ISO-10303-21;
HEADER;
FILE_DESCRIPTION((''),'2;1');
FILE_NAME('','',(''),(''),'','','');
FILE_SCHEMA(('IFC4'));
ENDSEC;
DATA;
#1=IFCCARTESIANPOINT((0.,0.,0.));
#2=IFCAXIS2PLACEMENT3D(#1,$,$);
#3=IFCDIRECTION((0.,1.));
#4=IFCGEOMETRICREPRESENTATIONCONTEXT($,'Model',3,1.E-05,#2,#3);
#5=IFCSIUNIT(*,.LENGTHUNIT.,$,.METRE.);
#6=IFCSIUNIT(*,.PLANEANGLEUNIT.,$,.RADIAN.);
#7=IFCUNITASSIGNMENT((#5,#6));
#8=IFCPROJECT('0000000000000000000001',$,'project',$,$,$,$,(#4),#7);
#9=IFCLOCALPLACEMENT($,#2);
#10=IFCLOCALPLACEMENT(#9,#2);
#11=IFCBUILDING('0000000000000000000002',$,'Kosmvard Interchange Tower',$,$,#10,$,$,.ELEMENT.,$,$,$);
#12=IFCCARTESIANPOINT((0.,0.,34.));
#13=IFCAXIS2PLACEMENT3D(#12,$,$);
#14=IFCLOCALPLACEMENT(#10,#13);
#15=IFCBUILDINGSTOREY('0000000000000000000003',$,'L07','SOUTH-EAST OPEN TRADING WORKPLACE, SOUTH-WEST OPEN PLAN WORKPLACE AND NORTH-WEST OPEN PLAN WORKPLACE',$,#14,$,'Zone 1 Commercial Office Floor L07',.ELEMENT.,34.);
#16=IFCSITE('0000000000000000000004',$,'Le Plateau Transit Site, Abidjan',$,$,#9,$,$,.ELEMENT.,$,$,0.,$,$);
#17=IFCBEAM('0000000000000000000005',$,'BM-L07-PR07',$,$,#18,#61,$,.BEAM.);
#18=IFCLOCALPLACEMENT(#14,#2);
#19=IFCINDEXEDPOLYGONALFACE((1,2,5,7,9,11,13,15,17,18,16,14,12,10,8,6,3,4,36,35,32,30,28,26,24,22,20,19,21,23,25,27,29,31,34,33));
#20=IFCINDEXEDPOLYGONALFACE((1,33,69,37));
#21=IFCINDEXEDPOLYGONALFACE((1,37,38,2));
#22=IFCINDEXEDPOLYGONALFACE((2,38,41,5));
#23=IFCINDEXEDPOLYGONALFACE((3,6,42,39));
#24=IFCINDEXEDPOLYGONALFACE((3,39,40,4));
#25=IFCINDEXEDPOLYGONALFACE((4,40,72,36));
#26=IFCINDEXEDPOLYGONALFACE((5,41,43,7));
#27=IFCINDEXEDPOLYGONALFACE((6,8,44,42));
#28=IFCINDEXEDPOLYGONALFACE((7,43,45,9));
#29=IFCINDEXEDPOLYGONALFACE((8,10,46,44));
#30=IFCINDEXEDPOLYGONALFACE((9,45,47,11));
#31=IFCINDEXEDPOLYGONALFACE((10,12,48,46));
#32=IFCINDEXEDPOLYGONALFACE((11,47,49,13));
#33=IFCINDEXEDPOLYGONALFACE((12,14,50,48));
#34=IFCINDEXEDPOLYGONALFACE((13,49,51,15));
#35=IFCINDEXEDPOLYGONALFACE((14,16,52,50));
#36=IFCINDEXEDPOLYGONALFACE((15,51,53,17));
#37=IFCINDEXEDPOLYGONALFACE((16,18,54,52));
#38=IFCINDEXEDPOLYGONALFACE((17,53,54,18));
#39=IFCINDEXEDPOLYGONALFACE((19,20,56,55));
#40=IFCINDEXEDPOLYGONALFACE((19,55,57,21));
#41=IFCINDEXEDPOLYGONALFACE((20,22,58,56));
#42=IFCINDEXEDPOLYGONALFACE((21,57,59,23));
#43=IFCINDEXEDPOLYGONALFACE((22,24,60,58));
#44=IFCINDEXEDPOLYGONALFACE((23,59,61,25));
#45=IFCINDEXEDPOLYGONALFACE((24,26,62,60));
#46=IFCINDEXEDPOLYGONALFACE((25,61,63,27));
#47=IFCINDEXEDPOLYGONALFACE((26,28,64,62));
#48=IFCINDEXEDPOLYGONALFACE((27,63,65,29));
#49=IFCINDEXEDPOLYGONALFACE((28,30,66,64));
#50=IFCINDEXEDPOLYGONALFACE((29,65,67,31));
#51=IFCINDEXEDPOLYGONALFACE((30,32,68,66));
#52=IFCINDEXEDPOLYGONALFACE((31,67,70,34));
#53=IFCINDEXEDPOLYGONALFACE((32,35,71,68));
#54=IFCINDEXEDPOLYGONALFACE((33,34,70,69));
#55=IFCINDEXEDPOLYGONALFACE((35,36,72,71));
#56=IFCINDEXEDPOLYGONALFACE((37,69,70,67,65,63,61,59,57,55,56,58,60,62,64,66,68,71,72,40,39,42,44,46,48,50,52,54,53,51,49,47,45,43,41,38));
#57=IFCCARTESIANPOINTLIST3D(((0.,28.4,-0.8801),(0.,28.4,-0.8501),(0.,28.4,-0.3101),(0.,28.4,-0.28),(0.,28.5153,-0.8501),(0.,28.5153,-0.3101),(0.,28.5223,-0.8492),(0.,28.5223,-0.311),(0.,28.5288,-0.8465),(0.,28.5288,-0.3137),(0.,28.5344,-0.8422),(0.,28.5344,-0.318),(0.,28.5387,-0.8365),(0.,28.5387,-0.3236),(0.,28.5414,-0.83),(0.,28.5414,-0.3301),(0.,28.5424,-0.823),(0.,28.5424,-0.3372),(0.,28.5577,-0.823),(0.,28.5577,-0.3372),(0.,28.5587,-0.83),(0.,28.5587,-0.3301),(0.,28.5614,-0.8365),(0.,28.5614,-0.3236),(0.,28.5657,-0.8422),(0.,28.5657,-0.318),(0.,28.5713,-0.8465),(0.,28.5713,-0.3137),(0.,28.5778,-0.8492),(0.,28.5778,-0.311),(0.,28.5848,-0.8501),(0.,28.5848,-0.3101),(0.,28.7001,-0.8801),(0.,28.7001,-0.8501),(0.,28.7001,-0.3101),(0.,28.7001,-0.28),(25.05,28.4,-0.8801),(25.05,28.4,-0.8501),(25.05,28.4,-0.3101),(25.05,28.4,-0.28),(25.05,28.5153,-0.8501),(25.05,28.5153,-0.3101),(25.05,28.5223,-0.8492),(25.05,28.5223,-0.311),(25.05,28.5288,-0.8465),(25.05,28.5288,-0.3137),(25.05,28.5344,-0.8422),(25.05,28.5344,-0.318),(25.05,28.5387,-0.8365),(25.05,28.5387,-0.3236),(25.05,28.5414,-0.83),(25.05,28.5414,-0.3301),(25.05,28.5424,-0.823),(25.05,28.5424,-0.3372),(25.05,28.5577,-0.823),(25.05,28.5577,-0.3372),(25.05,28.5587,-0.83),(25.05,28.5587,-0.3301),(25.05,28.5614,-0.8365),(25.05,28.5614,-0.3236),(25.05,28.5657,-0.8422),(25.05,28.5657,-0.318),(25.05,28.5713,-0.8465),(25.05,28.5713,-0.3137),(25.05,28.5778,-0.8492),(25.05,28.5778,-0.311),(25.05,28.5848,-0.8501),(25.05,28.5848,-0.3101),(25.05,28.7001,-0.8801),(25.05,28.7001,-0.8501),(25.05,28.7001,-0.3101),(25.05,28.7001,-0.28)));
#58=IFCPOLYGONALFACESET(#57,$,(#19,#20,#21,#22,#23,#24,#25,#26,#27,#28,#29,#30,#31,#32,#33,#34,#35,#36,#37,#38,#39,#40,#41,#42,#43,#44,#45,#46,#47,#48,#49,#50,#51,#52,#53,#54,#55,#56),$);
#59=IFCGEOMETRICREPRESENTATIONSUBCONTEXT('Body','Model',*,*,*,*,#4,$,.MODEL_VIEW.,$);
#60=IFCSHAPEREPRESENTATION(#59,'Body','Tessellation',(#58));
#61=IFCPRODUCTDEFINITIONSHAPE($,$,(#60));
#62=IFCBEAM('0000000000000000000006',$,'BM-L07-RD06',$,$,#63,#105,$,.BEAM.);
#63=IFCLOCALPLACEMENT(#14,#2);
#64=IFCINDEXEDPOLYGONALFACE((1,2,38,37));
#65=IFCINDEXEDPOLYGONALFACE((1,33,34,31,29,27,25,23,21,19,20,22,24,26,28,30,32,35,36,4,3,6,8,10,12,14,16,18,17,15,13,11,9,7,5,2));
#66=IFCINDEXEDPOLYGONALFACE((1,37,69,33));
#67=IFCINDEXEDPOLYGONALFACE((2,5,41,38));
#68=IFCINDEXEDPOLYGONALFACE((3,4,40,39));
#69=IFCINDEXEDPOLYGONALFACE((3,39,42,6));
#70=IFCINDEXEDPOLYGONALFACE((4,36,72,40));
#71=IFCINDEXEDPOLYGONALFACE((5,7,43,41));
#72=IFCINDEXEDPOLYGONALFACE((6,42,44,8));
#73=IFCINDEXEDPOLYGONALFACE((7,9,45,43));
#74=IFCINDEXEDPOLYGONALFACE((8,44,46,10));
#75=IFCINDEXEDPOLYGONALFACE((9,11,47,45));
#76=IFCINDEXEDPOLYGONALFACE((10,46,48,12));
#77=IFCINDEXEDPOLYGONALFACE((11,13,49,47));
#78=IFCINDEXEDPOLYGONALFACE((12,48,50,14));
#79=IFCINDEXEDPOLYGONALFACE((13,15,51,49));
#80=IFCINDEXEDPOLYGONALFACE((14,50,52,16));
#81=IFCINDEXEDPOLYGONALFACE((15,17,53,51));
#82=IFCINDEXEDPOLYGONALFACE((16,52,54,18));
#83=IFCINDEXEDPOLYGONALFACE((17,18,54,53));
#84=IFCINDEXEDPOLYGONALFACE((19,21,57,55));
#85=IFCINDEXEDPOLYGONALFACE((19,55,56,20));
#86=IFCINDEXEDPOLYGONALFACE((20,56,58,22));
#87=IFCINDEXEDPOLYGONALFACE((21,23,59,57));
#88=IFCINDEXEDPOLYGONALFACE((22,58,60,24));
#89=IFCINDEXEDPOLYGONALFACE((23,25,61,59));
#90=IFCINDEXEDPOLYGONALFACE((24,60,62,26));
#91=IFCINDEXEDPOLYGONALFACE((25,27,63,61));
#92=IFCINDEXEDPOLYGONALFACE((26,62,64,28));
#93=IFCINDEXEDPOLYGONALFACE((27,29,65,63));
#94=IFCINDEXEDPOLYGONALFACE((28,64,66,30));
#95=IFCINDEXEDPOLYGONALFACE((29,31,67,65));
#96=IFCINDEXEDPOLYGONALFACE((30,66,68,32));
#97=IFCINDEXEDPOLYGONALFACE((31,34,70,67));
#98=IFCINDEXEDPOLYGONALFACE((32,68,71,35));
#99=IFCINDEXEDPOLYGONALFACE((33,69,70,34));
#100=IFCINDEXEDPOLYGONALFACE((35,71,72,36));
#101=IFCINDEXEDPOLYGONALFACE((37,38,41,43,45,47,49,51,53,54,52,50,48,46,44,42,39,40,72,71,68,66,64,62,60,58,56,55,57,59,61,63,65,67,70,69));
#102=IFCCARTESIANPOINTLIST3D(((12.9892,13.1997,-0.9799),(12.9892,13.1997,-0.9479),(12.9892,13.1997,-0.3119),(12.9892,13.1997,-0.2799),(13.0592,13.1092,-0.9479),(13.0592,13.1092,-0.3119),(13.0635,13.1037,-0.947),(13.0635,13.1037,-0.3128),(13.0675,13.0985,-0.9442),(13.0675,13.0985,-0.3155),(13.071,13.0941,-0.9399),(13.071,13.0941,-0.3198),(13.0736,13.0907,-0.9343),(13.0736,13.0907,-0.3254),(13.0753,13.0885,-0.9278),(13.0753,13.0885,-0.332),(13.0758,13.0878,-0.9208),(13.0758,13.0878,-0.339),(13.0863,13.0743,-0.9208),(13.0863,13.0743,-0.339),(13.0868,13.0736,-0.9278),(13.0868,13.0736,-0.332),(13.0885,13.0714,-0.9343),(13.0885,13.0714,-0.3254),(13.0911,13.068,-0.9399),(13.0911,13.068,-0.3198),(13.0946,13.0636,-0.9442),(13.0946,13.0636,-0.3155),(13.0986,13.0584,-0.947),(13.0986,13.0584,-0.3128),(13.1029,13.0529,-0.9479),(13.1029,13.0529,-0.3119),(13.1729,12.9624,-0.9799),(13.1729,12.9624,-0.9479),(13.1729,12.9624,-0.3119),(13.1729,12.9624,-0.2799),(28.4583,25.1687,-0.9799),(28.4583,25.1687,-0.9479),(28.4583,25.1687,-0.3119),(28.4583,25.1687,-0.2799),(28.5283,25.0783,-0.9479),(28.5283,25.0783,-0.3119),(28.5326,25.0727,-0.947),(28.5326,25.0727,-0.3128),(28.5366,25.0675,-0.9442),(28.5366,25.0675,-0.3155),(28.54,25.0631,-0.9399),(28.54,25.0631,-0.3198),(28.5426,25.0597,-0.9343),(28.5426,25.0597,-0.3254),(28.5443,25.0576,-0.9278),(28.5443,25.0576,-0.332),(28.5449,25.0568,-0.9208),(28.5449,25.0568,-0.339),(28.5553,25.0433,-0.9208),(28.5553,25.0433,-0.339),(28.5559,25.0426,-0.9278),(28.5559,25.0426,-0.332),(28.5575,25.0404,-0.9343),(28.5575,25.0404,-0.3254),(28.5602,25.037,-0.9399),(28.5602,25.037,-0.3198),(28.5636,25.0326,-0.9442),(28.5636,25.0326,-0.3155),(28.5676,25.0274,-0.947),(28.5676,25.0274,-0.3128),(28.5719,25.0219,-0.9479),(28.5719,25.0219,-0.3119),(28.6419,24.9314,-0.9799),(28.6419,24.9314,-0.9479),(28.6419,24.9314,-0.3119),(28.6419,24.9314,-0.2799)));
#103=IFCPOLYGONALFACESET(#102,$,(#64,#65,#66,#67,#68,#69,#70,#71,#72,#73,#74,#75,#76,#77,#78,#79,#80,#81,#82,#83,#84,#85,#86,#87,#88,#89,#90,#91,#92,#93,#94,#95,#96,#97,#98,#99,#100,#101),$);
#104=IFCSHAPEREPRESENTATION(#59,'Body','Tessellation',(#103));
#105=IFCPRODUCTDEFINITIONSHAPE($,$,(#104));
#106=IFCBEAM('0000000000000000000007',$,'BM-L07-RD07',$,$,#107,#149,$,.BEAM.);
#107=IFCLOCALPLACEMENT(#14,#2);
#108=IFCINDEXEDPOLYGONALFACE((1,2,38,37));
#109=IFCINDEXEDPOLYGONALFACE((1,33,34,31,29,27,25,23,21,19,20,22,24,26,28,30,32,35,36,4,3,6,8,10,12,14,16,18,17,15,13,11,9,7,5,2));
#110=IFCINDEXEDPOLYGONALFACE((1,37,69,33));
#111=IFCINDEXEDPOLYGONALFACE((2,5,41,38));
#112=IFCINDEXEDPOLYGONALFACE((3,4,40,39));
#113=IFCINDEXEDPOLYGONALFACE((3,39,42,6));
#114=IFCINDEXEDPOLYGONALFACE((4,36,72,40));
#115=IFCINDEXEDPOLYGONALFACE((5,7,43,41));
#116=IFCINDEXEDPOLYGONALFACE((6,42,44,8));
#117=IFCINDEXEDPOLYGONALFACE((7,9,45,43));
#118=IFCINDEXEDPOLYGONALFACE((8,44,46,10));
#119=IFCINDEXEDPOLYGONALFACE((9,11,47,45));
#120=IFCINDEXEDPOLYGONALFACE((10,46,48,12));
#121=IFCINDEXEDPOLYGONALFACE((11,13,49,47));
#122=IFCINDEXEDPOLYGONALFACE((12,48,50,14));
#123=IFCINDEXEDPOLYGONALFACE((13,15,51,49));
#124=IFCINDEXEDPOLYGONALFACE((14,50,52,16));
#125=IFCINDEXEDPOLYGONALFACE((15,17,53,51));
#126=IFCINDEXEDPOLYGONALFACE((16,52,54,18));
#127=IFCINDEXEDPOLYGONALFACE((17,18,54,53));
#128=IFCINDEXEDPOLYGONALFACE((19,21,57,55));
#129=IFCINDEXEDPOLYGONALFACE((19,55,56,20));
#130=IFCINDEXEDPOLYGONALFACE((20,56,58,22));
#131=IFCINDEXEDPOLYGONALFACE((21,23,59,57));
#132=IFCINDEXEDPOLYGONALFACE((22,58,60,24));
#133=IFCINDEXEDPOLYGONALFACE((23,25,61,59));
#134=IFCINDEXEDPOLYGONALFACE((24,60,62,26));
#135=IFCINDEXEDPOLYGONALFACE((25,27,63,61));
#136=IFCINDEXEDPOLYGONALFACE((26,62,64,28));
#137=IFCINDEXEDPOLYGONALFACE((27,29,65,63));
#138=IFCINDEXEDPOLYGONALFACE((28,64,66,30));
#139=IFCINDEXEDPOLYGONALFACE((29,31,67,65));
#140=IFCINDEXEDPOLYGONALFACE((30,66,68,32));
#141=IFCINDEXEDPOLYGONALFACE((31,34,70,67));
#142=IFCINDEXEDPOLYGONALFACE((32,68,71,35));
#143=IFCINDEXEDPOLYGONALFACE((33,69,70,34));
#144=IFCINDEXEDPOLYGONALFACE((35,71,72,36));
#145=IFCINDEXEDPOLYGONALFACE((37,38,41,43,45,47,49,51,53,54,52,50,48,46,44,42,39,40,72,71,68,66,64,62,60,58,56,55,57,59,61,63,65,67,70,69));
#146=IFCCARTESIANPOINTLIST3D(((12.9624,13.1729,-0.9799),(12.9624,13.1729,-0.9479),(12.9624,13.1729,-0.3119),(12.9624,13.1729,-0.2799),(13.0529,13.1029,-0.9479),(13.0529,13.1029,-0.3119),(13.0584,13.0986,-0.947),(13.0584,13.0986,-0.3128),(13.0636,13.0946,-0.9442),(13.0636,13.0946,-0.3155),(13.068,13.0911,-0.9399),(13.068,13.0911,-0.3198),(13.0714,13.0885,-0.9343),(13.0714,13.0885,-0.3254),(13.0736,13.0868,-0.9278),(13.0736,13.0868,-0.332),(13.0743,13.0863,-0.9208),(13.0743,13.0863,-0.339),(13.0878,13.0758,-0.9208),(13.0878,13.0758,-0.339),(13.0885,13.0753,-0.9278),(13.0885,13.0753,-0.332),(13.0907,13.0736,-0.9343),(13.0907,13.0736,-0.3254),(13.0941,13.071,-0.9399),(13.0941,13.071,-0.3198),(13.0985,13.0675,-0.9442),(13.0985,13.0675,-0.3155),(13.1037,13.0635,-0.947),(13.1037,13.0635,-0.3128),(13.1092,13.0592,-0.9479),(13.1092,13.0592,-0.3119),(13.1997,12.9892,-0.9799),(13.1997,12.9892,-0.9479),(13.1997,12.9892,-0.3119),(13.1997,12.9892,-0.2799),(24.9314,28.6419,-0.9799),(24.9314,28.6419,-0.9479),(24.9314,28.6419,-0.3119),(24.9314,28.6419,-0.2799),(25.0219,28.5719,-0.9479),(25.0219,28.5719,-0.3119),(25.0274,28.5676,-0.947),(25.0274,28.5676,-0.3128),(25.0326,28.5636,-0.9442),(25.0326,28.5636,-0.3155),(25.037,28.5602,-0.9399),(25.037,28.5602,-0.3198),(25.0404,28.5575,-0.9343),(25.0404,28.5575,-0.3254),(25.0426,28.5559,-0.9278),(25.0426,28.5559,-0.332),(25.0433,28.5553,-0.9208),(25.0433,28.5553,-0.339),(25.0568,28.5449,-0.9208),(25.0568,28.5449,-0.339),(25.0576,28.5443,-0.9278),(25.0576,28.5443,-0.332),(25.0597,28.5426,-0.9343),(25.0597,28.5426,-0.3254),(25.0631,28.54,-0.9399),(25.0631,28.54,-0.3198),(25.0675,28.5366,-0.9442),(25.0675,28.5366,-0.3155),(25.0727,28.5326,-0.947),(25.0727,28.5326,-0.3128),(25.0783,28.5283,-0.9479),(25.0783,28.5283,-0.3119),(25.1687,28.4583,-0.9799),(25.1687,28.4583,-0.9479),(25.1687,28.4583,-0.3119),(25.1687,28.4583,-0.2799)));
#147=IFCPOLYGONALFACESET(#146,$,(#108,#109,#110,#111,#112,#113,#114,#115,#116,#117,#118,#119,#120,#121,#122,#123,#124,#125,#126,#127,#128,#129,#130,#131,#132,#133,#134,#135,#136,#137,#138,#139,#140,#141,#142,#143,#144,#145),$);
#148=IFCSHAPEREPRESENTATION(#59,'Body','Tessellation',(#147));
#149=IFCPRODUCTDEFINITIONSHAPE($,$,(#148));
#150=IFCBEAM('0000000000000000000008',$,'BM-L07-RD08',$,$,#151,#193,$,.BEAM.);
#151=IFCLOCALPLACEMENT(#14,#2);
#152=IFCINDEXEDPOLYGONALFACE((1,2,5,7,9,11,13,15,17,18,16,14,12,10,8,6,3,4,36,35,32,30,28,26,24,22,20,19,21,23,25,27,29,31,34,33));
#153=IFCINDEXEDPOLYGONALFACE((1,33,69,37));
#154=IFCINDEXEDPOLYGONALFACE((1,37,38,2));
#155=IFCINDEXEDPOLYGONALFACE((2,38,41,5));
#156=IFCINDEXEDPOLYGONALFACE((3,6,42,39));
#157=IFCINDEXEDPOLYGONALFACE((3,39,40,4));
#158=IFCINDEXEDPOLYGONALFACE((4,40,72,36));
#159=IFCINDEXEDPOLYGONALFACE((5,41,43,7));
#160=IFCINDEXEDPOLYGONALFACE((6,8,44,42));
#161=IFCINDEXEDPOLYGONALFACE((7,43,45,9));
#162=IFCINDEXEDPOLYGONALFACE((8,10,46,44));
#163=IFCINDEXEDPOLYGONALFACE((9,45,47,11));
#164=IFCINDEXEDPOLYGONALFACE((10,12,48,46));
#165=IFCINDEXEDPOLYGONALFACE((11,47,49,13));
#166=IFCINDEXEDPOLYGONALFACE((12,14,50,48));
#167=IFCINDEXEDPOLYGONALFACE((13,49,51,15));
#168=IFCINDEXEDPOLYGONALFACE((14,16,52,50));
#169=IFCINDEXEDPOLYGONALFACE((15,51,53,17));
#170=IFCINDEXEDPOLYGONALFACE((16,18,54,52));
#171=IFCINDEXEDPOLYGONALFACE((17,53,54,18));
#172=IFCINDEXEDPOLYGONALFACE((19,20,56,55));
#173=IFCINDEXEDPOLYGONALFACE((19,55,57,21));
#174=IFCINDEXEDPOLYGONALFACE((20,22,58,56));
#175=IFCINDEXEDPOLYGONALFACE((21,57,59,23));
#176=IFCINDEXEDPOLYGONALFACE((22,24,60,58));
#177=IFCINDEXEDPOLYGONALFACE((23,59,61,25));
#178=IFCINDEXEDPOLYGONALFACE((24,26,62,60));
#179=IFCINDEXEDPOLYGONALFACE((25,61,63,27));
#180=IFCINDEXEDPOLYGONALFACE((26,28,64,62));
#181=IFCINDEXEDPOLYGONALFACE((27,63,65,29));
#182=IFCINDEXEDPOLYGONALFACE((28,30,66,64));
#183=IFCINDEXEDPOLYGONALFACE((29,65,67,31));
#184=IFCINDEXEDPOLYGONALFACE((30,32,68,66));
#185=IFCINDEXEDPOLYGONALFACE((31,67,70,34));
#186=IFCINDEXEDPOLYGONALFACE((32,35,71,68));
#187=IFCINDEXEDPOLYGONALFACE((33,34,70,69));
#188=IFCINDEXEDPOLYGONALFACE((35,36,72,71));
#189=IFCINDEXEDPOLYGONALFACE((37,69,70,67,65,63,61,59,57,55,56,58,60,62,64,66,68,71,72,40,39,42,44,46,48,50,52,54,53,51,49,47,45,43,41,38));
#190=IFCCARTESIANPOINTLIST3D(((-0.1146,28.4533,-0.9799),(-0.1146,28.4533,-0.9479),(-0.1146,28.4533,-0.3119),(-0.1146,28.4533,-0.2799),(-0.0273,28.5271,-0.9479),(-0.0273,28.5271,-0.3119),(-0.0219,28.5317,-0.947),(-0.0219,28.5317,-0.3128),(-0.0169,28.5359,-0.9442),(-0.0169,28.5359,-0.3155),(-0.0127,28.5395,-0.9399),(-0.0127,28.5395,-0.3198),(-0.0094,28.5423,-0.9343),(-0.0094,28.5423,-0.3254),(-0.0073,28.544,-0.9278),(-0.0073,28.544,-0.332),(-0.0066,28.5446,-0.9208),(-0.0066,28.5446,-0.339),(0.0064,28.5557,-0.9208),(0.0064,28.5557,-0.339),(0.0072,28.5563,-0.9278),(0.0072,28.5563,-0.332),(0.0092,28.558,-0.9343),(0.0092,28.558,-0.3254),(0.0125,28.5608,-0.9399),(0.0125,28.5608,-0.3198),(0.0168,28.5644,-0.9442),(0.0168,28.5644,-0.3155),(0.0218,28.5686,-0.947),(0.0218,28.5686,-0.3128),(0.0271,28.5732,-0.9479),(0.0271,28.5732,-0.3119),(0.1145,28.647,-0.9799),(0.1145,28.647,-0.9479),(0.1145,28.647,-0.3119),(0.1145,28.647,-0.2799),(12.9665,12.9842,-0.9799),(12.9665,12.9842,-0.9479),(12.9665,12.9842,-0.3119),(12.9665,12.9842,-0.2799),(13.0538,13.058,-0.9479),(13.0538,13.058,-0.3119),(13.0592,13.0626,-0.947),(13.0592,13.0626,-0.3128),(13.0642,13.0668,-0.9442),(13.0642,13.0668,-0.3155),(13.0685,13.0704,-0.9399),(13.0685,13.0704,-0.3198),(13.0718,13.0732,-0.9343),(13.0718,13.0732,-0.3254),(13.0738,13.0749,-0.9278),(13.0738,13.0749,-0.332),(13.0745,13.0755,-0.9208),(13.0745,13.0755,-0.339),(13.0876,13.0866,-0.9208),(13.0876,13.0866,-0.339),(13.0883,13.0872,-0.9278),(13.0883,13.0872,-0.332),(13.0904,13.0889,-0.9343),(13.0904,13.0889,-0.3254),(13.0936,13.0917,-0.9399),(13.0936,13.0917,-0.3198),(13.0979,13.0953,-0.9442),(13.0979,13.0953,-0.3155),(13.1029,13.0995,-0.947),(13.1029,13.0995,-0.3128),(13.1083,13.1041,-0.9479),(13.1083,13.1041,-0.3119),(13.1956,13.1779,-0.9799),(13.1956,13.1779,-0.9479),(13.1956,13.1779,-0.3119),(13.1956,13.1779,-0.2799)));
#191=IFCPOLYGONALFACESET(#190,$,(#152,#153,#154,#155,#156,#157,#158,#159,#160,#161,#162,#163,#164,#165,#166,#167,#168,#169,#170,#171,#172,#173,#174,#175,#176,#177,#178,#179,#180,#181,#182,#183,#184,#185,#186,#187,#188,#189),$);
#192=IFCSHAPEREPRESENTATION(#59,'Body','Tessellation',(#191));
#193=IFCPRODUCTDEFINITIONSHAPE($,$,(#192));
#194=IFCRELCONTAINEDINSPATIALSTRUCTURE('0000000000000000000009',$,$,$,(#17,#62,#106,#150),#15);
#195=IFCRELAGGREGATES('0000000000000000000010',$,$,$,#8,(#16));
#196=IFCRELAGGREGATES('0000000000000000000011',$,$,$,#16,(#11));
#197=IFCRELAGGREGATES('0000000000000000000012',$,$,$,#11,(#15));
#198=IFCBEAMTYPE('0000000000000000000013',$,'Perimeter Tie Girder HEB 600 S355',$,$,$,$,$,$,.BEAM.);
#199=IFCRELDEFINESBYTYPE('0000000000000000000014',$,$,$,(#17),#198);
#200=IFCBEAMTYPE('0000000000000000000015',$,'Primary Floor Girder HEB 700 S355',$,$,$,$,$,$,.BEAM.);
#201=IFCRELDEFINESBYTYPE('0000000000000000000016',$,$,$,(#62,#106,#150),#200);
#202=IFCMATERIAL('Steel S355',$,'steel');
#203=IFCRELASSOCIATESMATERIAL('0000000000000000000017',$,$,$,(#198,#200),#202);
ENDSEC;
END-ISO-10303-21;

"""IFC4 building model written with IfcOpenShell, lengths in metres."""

from ifc_helpers import new_model, si_unit, direction, frame, origin, origin_2d, place, context, subcontext, project, spatial, i_section, extrude, source, transform, mapped, material, material_profile, profile_set, type_object, element, save


model = new_model("IFC4")

# Units and contexts
model_context = context("Model", 3, precision=1e-05, world=origin(), true_north=direction((0.0, 1.0)))
body_context = subcontext(model_context, "Body", "Model", "MODEL_VIEW")
ifc_project = project(units=[si_unit("LENGTHUNIT", "METRE"), si_unit("PLANEANGLEUNIT", "RADIAN")], contexts=[model_context])

# Site, building, storey
site_placement = place(None, origin())
site = spatial("IfcSite", under=ifc_project, at=site_placement, Name="Le Plateau Transit Site, Abidjan", CompositionType="ELEMENT", RefElevation=0.0)
building_placement = place(site_placement, origin())
building = spatial("IfcBuilding", under=site, at=building_placement, Name="Kosmvard Interchange Tower", CompositionType="ELEMENT")
storey_placement = place(building_placement, frame((0.0, 0.0, 34.0)))
storey = spatial("IfcBuildingStorey", under=building, at=storey_placement, Name="L07", Description="SOUTH-EAST OPEN TRADING WORKPLACE, SOUTH-WEST OPEN PLAN WORKPLACE AND NORTH-WEST OPEN PLAN WORKPLACE", LongName="Zone 1 Commercial Office Floor L07", CompositionType="ELEMENT", Elevation=34.0)

# Beams
ifc_material_1 = material(Name="Steel S355", Category="steel")
ifc_material_profile_1 = material_profile(ifc_material_1, i_section(OverallWidth=0.3, OverallDepth=0.6001, WebThickness=0.0154, FlangeThickness=0.03, FilletRadius=0.0271, at=origin_2d()), Name="HEB 600")
ifc_profile_set_1 = profile_set([ifc_material_profile_1], Name="Steel S355")
beam_type_1 = type_object("IfcBeamType", Name="Perimeter Tie Girder HEB 600 S355", PredefinedType="BEAM", material=ifc_profile_set_1)
shared_shape_1 = source(origin(), body_context, "Body", "SweptSolid", [
    extrude(i_section(OverallWidth=0.3, OverallDepth=0.6001, WebThickness=0.0154, FlangeThickness=0.03, FilletRadius=0.0271, at=origin_2d()), origin(), (0.0, 0.0, 1.0), 25.05),
])
beam_1_placement = place(storey_placement, frame((25.05, 28.55, -0.5801), z_axis=(-1.0, 0.0, 0.0), x_axis=(0.0, -1.0, 0.0)))
element("IfcBeam", 1, at=beam_1_placement, inside=storey, type_object=beam_type_1, Name="BM-L07-PR07", PredefinedType="BEAM", context=body_context, shape_type="MappedRepresentation", body=[
    mapped(shared_shape_1, transform((0.0, 0.0, 0.0), scale=1.0)),
])
ifc_material_profile_2 = material_profile(ifc_material_1, i_section(OverallWidth=0.3, OverallDepth=0.7, WebThickness=0.0171, FlangeThickness=0.032, FilletRadius=0.0271, at=origin_2d()), Name="HEB 700")
ifc_profile_set_2 = profile_set([ifc_material_profile_2], Name="Steel S355")
beam_type_2 = type_object("IfcBeamType", Name="Primary Floor Girder HEB 700 S355", PredefinedType="BEAM", material=ifc_profile_set_2)
shared_shape_2 = source(origin(), body_context, "Body", "SweptSolid", [
    extrude(i_section(OverallWidth=0.3, OverallDepth=0.7, WebThickness=0.0171, FlangeThickness=0.032, FilletRadius=0.0271, at=origin_2d()), origin(), (0.0, 0.0, 1.0), 19.5588),
])
for number, where, z_axis, x_axis, name in (
    (2, (13.0811, 13.0811, -0.6299), (0.790897, 0.611949, 0.0), (-0.611949, 0.790897, 0.0), "BM-L07-RD06"),
    (3, (13.0811, 13.0811, -0.6299), (0.611949, 0.790897, 0.0), (-0.790897, 0.611949, 0.0), "BM-L07-RD07"),
):
    element("IfcBeam", number, at=place(storey_placement, frame(where, z_axis=z_axis, x_axis=x_axis)), inside=storey, type_object=beam_type_2, Name=name, PredefinedType="BEAM", context=body_context, shape_type="MappedRepresentation", body=[
        mapped(shared_shape_2, transform((0.0, 0.0, 0.0), scale=1.0)),
    ])
shared_shape_3 = source(origin(), body_context, "Body", "SweptSolid", [
    extrude(i_section(OverallWidth=0.3, OverallDepth=0.7, WebThickness=0.0171, FlangeThickness=0.032, FilletRadius=0.0271, at=origin_2d()), origin(), (0.0, 0.0, 1.0), 20.2585),
])
beam_2_placement = place(storey_placement, frame((13.0811, 13.0811, -0.6299), z_axis=(-0.645709, 0.763583, 0.0), x_axis=(-0.763583, -0.645709, 0.0)))
element("IfcBeam", 4, at=beam_2_placement, inside=storey, type_object=beam_type_2, Name="BM-L07-RD08", PredefinedType="BEAM", context=body_context, shape_type="MappedRepresentation", body=[
    mapped(shared_shape_3, transform((0.0, 0.0, 0.0), scale=1.0)),
])

save(model, "model.ifc")
